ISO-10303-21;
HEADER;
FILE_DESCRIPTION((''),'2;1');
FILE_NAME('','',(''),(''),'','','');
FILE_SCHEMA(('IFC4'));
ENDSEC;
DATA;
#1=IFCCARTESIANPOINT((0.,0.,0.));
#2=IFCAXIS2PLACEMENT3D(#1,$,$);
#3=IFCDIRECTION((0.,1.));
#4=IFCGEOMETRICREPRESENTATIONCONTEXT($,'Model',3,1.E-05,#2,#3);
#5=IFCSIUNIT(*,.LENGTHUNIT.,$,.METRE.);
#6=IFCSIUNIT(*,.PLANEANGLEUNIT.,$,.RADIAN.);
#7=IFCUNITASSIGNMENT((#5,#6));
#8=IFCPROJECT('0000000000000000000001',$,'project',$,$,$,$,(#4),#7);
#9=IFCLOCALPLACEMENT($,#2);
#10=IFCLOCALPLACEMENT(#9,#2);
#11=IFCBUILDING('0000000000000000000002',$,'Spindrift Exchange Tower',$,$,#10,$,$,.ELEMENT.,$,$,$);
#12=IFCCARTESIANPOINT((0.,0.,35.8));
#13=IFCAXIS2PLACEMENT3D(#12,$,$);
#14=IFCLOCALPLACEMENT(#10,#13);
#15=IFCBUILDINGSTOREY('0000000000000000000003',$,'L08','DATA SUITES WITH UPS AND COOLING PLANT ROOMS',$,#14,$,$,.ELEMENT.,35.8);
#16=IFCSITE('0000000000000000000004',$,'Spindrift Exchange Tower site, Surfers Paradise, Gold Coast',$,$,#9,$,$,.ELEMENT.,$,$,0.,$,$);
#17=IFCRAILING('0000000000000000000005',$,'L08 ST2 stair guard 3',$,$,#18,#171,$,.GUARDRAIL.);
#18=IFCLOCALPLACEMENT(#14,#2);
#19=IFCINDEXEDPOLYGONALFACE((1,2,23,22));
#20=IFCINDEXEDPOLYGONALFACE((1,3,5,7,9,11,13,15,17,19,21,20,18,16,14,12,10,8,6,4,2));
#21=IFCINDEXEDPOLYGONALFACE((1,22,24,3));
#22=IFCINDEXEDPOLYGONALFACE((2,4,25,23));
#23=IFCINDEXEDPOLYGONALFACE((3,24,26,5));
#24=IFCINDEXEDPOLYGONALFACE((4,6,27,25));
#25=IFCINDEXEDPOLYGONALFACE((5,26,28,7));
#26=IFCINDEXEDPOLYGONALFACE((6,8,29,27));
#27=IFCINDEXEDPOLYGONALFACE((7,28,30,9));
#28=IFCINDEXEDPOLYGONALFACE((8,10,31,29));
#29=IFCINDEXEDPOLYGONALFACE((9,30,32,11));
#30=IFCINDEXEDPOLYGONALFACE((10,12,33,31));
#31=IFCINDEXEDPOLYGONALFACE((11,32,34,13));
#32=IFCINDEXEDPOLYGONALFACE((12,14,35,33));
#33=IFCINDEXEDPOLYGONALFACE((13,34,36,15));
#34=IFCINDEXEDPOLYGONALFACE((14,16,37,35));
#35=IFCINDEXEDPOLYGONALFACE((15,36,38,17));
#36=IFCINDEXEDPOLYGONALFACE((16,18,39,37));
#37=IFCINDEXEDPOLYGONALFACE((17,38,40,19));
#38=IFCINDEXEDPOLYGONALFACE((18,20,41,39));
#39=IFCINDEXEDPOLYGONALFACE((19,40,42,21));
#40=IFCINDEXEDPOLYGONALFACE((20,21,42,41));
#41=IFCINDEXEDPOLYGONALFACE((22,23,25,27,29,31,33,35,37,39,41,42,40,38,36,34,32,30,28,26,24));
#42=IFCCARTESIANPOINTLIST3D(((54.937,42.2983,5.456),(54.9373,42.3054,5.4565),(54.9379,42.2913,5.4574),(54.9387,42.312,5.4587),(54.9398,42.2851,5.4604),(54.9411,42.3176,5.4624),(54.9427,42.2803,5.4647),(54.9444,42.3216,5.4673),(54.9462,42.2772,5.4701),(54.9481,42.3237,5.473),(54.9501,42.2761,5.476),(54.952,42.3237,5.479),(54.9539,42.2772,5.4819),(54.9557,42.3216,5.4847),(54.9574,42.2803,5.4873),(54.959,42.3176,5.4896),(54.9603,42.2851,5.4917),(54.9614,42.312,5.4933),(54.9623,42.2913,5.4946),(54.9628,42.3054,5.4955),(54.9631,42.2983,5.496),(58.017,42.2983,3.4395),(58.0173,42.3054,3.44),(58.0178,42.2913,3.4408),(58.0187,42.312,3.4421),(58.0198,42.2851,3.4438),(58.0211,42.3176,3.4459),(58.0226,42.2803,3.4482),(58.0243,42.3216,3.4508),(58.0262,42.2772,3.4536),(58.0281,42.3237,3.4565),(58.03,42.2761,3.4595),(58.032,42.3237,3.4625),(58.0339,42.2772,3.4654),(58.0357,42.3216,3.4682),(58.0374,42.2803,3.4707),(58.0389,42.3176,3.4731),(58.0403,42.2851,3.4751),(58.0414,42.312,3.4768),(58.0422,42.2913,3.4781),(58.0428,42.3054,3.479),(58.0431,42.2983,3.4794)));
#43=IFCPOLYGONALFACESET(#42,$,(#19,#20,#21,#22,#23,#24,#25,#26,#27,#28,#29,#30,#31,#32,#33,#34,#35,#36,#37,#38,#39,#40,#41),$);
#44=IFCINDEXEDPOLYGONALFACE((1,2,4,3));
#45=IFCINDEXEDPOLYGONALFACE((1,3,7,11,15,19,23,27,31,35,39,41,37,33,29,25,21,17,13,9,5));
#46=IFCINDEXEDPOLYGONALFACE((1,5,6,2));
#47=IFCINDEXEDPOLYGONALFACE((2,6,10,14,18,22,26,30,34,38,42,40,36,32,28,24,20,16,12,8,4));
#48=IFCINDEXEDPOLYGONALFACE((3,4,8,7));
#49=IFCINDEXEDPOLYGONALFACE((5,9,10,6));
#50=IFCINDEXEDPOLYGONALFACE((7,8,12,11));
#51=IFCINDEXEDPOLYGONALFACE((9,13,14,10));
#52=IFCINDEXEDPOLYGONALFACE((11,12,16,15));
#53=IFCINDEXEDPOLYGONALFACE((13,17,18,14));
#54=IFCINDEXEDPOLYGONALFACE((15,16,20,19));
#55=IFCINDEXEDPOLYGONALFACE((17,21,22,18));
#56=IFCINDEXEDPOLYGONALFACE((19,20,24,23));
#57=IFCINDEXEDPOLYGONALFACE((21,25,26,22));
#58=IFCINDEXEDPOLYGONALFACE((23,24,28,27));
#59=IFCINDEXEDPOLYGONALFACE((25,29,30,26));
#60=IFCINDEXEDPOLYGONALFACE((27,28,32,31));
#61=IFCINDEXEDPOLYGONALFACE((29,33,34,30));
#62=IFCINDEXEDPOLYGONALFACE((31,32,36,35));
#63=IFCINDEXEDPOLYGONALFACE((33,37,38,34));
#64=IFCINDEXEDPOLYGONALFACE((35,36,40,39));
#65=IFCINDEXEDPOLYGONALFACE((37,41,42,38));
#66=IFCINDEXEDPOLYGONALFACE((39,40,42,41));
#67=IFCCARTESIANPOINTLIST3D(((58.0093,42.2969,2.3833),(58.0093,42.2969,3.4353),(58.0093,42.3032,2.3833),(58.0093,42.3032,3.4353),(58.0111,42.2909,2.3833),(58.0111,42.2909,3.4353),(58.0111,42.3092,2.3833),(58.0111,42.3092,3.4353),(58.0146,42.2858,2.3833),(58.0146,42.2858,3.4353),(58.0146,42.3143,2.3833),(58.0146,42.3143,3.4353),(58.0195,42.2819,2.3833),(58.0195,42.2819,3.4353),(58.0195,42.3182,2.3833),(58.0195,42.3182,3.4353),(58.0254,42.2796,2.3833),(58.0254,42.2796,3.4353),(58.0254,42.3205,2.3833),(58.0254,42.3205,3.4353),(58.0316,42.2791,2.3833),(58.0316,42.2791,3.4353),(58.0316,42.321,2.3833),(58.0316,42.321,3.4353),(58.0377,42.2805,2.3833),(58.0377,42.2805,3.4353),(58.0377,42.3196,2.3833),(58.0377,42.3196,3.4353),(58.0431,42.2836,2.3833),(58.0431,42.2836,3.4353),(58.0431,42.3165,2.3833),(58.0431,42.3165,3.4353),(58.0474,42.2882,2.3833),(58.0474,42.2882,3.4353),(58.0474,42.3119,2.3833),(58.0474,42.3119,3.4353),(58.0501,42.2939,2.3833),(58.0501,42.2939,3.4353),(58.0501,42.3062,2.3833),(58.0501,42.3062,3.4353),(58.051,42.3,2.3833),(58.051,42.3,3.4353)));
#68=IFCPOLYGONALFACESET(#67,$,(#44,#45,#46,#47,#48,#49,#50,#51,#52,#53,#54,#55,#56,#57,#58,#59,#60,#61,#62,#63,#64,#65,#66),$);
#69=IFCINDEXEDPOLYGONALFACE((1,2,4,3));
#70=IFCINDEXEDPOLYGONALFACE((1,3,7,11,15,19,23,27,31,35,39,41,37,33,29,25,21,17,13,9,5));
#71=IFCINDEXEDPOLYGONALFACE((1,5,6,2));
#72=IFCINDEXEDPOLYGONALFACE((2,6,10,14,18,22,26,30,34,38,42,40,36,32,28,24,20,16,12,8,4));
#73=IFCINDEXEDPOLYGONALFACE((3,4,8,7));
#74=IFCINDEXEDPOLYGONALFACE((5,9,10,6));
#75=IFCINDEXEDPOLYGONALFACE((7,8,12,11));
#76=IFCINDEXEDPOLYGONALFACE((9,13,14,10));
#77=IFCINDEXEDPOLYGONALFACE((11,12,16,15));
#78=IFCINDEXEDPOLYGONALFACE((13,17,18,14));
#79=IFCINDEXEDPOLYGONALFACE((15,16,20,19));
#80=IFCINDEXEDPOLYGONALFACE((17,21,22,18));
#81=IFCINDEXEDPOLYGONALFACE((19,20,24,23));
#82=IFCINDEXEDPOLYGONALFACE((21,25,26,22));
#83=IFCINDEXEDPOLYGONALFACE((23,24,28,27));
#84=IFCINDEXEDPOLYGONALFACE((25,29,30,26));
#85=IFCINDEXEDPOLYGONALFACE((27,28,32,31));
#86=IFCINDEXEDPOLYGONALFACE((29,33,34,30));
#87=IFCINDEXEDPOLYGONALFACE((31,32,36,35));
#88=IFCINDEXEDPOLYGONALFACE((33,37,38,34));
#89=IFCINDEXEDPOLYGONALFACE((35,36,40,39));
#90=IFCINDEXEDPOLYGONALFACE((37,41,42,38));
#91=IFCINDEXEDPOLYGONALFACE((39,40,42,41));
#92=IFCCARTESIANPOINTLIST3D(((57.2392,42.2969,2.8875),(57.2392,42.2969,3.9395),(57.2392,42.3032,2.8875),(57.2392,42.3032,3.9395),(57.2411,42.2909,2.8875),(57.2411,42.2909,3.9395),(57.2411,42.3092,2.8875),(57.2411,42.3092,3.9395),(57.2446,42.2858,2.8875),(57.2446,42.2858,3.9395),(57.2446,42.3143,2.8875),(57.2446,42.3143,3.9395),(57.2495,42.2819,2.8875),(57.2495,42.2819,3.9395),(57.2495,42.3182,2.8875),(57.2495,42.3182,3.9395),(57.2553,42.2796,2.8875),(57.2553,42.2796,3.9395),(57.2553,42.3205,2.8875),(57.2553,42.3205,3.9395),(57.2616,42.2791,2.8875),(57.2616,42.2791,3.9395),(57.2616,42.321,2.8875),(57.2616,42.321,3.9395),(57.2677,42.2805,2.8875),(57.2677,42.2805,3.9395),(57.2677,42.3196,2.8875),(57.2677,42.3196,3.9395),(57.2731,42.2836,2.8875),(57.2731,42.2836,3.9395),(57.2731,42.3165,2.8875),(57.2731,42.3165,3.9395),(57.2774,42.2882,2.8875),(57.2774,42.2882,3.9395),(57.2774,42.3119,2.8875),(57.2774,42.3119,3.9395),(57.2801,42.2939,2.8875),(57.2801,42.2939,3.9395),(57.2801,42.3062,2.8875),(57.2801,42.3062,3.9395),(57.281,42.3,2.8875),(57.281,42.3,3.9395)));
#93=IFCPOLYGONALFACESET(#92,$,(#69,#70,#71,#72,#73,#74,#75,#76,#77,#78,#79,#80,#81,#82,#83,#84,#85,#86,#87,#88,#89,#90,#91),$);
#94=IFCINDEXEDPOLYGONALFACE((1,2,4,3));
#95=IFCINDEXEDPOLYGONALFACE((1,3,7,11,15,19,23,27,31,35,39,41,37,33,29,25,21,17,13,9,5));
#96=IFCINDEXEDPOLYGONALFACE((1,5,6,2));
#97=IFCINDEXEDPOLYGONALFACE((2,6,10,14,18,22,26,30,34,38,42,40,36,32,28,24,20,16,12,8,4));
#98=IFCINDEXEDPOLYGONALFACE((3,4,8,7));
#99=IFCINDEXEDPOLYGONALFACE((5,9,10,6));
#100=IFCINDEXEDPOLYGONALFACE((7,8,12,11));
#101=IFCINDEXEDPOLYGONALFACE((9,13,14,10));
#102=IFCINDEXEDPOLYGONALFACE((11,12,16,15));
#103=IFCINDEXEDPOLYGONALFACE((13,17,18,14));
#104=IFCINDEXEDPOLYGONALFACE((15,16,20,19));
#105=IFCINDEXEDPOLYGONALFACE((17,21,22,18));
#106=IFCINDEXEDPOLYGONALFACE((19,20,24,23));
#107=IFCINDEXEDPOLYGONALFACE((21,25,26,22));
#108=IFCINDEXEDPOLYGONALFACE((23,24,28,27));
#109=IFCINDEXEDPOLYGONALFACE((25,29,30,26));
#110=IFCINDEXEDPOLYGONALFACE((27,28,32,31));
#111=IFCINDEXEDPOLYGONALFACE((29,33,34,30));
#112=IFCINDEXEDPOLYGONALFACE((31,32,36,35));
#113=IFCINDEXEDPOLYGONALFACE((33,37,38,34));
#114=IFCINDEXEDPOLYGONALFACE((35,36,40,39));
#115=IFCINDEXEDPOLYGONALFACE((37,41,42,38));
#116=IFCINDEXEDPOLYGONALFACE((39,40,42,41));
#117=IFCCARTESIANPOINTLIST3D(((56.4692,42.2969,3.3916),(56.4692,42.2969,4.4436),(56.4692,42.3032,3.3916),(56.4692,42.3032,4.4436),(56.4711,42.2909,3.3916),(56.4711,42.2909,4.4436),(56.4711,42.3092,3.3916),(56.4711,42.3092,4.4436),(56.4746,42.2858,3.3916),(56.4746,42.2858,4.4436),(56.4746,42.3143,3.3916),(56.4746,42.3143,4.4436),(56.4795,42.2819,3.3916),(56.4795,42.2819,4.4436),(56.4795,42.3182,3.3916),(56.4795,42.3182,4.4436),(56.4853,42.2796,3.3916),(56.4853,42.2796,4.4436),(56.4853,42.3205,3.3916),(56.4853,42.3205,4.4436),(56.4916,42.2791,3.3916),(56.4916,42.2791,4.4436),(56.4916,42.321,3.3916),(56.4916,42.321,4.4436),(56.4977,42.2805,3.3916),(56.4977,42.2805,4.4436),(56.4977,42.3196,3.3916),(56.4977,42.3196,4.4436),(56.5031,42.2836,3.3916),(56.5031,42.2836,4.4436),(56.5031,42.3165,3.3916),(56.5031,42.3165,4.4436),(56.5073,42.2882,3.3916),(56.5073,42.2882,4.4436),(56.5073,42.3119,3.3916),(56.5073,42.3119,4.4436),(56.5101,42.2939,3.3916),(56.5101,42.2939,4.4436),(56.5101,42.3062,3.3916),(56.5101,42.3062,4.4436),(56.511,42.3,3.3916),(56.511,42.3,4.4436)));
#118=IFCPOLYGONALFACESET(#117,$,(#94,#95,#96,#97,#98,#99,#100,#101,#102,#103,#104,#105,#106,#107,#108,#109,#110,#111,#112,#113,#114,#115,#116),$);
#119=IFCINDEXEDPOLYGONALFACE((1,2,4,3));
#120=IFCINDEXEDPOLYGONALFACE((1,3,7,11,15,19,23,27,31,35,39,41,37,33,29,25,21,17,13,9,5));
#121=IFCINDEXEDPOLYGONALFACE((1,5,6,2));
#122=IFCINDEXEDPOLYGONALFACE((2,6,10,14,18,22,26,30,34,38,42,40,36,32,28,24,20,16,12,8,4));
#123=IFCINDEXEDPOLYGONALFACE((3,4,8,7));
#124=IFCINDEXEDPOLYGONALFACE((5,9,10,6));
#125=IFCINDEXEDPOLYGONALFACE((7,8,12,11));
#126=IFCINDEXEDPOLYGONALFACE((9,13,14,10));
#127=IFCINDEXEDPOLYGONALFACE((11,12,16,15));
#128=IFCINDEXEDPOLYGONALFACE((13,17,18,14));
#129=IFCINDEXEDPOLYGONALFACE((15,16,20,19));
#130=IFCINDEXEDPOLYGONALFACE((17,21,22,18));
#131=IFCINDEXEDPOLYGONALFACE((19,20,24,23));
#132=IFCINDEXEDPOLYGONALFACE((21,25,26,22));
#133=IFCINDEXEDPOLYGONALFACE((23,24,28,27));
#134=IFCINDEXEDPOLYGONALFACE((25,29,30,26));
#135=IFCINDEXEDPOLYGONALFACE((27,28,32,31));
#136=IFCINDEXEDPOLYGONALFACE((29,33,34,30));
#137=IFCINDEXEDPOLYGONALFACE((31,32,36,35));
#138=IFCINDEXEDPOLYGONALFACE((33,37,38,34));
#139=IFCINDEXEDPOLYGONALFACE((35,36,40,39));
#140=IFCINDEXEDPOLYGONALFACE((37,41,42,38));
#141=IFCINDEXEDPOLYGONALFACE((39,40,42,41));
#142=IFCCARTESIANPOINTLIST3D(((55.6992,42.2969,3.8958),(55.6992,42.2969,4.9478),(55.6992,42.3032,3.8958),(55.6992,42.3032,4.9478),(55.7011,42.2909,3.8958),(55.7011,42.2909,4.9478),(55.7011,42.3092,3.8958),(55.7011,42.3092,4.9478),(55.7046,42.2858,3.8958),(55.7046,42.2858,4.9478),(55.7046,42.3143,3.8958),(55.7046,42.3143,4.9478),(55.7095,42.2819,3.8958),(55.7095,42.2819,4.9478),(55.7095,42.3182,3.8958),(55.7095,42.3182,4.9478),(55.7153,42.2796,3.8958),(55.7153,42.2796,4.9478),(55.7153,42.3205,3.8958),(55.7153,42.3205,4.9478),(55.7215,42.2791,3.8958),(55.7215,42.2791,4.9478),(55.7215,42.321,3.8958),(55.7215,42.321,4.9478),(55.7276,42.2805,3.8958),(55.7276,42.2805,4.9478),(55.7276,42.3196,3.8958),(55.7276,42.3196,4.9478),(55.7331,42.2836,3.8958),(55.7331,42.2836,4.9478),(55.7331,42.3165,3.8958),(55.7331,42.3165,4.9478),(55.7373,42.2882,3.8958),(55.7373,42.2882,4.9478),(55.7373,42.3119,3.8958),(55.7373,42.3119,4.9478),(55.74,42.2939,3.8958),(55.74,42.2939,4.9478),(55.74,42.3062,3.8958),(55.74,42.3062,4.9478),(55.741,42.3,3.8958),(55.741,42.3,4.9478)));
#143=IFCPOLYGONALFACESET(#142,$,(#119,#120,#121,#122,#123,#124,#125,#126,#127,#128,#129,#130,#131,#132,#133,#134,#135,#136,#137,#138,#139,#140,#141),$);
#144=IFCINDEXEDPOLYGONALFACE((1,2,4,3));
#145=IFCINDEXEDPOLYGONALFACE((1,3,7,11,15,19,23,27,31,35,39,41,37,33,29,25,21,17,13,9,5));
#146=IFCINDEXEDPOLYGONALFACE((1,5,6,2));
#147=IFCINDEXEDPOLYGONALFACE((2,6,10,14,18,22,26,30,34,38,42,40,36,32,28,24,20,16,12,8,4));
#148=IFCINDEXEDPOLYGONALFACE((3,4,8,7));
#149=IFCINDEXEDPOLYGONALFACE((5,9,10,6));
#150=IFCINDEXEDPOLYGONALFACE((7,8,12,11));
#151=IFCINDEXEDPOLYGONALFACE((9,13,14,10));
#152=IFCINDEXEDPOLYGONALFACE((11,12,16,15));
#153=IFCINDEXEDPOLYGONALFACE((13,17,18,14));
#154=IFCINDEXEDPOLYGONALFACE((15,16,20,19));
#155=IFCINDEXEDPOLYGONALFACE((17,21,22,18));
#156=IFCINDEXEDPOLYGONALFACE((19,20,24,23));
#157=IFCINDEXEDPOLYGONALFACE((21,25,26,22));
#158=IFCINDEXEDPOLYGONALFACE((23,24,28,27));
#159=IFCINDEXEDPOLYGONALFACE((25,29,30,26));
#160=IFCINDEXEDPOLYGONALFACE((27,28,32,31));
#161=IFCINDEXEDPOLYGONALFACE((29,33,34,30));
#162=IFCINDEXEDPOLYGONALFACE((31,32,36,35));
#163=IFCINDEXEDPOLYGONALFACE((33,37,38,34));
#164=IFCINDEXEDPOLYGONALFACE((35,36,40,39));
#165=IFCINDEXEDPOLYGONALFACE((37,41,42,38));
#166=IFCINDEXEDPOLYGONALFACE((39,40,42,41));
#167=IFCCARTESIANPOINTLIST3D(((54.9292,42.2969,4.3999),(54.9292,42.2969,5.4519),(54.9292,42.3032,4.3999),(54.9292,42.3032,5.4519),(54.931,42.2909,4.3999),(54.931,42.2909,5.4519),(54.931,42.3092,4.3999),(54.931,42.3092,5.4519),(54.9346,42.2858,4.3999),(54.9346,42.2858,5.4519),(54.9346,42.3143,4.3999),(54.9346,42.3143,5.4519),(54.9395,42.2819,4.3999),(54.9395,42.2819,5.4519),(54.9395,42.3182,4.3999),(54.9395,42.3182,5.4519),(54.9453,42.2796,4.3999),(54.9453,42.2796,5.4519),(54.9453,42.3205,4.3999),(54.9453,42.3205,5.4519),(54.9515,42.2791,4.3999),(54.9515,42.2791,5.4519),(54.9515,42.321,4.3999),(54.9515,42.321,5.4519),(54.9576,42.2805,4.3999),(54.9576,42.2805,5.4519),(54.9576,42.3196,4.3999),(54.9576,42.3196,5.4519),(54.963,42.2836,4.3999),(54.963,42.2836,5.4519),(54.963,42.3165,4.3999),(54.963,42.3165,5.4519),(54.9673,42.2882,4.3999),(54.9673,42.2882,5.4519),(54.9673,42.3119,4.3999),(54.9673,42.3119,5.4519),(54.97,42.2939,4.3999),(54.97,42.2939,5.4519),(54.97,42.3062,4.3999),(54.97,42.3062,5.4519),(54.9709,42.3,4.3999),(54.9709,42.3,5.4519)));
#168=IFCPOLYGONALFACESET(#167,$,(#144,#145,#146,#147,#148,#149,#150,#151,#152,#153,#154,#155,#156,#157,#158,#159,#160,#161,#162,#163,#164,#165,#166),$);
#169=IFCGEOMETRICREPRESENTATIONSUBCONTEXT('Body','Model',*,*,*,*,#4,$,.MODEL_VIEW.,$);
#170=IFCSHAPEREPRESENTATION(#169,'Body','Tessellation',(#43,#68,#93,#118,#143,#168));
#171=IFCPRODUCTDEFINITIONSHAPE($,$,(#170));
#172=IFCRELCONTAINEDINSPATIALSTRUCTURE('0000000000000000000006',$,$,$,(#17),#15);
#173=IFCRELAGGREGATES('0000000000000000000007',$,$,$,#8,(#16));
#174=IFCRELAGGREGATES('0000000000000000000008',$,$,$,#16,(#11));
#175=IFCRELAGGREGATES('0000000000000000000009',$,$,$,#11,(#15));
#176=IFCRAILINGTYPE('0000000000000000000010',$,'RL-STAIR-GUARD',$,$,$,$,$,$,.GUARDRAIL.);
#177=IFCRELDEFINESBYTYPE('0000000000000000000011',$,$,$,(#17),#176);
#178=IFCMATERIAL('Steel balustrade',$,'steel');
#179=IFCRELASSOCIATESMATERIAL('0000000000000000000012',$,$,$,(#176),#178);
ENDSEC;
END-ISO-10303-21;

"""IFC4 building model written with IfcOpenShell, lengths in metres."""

from ifc_helpers import new_model, si_unit, direction, frame, origin, origin_2d, place, context, subcontext, project, spatial, circle, extrude, material, type_object, element, save


model = new_model("IFC4")

# Units and contexts
model_context = context("Model", 3, precision=1e-05, world=origin(), true_north=direction((0.0, 1.0)))
body_context = subcontext(model_context, "Body", "Model", "MODEL_VIEW")
ifc_project = project(units=[si_unit("LENGTHUNIT", "METRE"), si_unit("PLANEANGLEUNIT", "RADIAN")], contexts=[model_context])

# Site, building, storey
site_placement = place(None, origin())
site = spatial("IfcSite", under=ifc_project, at=site_placement, Name="Spindrift Exchange Tower site, Surfers Paradise, Gold Coast", CompositionType="ELEMENT", RefElevation=0.0)
building_placement = place(site_placement, origin())
building = spatial("IfcBuilding", under=site, at=building_placement, Name="Spindrift Exchange Tower", CompositionType="ELEMENT")
storey_placement = place(building_placement, frame((0.0, 0.0, 35.8)))
storey = spatial("IfcBuildingStorey", under=building, at=storey_placement, Name="L08", Description="DATA SUITES WITH UPS AND COOLING PLANT ROOMS", CompositionType="ELEMENT", Elevation=35.8)

# Railing
ifc_material_1 = material(Name="Steel balustrade", Category="steel")
railing_type_1 = type_object("IfcRailingType", Name="RL-STAIR-GUARD", PredefinedType="GUARDRAIL", material=ifc_material_1)
railing_1_placement = place(storey_placement, frame((58.03, 42.3, 2.3833)))
element("IfcRailing", 1, at=railing_1_placement, inside=storey, type_object=railing_type_1, Name="L08 ST2 stair guard 3", PredefinedType="GUARDRAIL", context=body_context, shape_type="SweptSolid", body=[
    extrude(circle(Radius=0.0239, at=origin_2d()), frame((0.0, 0.0, 1.0762), z_axis=(-0.836633, 0.0, 0.547764), x_axis=(0.0, -1.0, 0.0)), (0.0, 0.0, 1.0), 3.6814),
    extrude(circle(Radius=0.021, at=origin_2d()), origin(), (0.0, 0.0, 1.0), 1.052),
    extrude(circle(Radius=0.021, at=origin_2d()), frame((-0.77, 0.0, 0.5042)), (0.0, 0.0, 1.0), 1.052),
    extrude(circle(Radius=0.021, at=origin_2d()), frame((-1.54, 0.0, 1.0083)), (0.0, 0.0, 1.0), 1.052),
    extrude(circle(Radius=0.021, at=origin_2d()), frame((-2.3101, 0.0, 1.5125)), (0.0, 0.0, 1.0), 1.052),
    extrude(circle(Radius=0.021, at=origin_2d()), frame((-3.0801, 0.0, 2.0166)), (0.0, 0.0, 1.0), 1.052),
])

save(model, "model.ifc")
